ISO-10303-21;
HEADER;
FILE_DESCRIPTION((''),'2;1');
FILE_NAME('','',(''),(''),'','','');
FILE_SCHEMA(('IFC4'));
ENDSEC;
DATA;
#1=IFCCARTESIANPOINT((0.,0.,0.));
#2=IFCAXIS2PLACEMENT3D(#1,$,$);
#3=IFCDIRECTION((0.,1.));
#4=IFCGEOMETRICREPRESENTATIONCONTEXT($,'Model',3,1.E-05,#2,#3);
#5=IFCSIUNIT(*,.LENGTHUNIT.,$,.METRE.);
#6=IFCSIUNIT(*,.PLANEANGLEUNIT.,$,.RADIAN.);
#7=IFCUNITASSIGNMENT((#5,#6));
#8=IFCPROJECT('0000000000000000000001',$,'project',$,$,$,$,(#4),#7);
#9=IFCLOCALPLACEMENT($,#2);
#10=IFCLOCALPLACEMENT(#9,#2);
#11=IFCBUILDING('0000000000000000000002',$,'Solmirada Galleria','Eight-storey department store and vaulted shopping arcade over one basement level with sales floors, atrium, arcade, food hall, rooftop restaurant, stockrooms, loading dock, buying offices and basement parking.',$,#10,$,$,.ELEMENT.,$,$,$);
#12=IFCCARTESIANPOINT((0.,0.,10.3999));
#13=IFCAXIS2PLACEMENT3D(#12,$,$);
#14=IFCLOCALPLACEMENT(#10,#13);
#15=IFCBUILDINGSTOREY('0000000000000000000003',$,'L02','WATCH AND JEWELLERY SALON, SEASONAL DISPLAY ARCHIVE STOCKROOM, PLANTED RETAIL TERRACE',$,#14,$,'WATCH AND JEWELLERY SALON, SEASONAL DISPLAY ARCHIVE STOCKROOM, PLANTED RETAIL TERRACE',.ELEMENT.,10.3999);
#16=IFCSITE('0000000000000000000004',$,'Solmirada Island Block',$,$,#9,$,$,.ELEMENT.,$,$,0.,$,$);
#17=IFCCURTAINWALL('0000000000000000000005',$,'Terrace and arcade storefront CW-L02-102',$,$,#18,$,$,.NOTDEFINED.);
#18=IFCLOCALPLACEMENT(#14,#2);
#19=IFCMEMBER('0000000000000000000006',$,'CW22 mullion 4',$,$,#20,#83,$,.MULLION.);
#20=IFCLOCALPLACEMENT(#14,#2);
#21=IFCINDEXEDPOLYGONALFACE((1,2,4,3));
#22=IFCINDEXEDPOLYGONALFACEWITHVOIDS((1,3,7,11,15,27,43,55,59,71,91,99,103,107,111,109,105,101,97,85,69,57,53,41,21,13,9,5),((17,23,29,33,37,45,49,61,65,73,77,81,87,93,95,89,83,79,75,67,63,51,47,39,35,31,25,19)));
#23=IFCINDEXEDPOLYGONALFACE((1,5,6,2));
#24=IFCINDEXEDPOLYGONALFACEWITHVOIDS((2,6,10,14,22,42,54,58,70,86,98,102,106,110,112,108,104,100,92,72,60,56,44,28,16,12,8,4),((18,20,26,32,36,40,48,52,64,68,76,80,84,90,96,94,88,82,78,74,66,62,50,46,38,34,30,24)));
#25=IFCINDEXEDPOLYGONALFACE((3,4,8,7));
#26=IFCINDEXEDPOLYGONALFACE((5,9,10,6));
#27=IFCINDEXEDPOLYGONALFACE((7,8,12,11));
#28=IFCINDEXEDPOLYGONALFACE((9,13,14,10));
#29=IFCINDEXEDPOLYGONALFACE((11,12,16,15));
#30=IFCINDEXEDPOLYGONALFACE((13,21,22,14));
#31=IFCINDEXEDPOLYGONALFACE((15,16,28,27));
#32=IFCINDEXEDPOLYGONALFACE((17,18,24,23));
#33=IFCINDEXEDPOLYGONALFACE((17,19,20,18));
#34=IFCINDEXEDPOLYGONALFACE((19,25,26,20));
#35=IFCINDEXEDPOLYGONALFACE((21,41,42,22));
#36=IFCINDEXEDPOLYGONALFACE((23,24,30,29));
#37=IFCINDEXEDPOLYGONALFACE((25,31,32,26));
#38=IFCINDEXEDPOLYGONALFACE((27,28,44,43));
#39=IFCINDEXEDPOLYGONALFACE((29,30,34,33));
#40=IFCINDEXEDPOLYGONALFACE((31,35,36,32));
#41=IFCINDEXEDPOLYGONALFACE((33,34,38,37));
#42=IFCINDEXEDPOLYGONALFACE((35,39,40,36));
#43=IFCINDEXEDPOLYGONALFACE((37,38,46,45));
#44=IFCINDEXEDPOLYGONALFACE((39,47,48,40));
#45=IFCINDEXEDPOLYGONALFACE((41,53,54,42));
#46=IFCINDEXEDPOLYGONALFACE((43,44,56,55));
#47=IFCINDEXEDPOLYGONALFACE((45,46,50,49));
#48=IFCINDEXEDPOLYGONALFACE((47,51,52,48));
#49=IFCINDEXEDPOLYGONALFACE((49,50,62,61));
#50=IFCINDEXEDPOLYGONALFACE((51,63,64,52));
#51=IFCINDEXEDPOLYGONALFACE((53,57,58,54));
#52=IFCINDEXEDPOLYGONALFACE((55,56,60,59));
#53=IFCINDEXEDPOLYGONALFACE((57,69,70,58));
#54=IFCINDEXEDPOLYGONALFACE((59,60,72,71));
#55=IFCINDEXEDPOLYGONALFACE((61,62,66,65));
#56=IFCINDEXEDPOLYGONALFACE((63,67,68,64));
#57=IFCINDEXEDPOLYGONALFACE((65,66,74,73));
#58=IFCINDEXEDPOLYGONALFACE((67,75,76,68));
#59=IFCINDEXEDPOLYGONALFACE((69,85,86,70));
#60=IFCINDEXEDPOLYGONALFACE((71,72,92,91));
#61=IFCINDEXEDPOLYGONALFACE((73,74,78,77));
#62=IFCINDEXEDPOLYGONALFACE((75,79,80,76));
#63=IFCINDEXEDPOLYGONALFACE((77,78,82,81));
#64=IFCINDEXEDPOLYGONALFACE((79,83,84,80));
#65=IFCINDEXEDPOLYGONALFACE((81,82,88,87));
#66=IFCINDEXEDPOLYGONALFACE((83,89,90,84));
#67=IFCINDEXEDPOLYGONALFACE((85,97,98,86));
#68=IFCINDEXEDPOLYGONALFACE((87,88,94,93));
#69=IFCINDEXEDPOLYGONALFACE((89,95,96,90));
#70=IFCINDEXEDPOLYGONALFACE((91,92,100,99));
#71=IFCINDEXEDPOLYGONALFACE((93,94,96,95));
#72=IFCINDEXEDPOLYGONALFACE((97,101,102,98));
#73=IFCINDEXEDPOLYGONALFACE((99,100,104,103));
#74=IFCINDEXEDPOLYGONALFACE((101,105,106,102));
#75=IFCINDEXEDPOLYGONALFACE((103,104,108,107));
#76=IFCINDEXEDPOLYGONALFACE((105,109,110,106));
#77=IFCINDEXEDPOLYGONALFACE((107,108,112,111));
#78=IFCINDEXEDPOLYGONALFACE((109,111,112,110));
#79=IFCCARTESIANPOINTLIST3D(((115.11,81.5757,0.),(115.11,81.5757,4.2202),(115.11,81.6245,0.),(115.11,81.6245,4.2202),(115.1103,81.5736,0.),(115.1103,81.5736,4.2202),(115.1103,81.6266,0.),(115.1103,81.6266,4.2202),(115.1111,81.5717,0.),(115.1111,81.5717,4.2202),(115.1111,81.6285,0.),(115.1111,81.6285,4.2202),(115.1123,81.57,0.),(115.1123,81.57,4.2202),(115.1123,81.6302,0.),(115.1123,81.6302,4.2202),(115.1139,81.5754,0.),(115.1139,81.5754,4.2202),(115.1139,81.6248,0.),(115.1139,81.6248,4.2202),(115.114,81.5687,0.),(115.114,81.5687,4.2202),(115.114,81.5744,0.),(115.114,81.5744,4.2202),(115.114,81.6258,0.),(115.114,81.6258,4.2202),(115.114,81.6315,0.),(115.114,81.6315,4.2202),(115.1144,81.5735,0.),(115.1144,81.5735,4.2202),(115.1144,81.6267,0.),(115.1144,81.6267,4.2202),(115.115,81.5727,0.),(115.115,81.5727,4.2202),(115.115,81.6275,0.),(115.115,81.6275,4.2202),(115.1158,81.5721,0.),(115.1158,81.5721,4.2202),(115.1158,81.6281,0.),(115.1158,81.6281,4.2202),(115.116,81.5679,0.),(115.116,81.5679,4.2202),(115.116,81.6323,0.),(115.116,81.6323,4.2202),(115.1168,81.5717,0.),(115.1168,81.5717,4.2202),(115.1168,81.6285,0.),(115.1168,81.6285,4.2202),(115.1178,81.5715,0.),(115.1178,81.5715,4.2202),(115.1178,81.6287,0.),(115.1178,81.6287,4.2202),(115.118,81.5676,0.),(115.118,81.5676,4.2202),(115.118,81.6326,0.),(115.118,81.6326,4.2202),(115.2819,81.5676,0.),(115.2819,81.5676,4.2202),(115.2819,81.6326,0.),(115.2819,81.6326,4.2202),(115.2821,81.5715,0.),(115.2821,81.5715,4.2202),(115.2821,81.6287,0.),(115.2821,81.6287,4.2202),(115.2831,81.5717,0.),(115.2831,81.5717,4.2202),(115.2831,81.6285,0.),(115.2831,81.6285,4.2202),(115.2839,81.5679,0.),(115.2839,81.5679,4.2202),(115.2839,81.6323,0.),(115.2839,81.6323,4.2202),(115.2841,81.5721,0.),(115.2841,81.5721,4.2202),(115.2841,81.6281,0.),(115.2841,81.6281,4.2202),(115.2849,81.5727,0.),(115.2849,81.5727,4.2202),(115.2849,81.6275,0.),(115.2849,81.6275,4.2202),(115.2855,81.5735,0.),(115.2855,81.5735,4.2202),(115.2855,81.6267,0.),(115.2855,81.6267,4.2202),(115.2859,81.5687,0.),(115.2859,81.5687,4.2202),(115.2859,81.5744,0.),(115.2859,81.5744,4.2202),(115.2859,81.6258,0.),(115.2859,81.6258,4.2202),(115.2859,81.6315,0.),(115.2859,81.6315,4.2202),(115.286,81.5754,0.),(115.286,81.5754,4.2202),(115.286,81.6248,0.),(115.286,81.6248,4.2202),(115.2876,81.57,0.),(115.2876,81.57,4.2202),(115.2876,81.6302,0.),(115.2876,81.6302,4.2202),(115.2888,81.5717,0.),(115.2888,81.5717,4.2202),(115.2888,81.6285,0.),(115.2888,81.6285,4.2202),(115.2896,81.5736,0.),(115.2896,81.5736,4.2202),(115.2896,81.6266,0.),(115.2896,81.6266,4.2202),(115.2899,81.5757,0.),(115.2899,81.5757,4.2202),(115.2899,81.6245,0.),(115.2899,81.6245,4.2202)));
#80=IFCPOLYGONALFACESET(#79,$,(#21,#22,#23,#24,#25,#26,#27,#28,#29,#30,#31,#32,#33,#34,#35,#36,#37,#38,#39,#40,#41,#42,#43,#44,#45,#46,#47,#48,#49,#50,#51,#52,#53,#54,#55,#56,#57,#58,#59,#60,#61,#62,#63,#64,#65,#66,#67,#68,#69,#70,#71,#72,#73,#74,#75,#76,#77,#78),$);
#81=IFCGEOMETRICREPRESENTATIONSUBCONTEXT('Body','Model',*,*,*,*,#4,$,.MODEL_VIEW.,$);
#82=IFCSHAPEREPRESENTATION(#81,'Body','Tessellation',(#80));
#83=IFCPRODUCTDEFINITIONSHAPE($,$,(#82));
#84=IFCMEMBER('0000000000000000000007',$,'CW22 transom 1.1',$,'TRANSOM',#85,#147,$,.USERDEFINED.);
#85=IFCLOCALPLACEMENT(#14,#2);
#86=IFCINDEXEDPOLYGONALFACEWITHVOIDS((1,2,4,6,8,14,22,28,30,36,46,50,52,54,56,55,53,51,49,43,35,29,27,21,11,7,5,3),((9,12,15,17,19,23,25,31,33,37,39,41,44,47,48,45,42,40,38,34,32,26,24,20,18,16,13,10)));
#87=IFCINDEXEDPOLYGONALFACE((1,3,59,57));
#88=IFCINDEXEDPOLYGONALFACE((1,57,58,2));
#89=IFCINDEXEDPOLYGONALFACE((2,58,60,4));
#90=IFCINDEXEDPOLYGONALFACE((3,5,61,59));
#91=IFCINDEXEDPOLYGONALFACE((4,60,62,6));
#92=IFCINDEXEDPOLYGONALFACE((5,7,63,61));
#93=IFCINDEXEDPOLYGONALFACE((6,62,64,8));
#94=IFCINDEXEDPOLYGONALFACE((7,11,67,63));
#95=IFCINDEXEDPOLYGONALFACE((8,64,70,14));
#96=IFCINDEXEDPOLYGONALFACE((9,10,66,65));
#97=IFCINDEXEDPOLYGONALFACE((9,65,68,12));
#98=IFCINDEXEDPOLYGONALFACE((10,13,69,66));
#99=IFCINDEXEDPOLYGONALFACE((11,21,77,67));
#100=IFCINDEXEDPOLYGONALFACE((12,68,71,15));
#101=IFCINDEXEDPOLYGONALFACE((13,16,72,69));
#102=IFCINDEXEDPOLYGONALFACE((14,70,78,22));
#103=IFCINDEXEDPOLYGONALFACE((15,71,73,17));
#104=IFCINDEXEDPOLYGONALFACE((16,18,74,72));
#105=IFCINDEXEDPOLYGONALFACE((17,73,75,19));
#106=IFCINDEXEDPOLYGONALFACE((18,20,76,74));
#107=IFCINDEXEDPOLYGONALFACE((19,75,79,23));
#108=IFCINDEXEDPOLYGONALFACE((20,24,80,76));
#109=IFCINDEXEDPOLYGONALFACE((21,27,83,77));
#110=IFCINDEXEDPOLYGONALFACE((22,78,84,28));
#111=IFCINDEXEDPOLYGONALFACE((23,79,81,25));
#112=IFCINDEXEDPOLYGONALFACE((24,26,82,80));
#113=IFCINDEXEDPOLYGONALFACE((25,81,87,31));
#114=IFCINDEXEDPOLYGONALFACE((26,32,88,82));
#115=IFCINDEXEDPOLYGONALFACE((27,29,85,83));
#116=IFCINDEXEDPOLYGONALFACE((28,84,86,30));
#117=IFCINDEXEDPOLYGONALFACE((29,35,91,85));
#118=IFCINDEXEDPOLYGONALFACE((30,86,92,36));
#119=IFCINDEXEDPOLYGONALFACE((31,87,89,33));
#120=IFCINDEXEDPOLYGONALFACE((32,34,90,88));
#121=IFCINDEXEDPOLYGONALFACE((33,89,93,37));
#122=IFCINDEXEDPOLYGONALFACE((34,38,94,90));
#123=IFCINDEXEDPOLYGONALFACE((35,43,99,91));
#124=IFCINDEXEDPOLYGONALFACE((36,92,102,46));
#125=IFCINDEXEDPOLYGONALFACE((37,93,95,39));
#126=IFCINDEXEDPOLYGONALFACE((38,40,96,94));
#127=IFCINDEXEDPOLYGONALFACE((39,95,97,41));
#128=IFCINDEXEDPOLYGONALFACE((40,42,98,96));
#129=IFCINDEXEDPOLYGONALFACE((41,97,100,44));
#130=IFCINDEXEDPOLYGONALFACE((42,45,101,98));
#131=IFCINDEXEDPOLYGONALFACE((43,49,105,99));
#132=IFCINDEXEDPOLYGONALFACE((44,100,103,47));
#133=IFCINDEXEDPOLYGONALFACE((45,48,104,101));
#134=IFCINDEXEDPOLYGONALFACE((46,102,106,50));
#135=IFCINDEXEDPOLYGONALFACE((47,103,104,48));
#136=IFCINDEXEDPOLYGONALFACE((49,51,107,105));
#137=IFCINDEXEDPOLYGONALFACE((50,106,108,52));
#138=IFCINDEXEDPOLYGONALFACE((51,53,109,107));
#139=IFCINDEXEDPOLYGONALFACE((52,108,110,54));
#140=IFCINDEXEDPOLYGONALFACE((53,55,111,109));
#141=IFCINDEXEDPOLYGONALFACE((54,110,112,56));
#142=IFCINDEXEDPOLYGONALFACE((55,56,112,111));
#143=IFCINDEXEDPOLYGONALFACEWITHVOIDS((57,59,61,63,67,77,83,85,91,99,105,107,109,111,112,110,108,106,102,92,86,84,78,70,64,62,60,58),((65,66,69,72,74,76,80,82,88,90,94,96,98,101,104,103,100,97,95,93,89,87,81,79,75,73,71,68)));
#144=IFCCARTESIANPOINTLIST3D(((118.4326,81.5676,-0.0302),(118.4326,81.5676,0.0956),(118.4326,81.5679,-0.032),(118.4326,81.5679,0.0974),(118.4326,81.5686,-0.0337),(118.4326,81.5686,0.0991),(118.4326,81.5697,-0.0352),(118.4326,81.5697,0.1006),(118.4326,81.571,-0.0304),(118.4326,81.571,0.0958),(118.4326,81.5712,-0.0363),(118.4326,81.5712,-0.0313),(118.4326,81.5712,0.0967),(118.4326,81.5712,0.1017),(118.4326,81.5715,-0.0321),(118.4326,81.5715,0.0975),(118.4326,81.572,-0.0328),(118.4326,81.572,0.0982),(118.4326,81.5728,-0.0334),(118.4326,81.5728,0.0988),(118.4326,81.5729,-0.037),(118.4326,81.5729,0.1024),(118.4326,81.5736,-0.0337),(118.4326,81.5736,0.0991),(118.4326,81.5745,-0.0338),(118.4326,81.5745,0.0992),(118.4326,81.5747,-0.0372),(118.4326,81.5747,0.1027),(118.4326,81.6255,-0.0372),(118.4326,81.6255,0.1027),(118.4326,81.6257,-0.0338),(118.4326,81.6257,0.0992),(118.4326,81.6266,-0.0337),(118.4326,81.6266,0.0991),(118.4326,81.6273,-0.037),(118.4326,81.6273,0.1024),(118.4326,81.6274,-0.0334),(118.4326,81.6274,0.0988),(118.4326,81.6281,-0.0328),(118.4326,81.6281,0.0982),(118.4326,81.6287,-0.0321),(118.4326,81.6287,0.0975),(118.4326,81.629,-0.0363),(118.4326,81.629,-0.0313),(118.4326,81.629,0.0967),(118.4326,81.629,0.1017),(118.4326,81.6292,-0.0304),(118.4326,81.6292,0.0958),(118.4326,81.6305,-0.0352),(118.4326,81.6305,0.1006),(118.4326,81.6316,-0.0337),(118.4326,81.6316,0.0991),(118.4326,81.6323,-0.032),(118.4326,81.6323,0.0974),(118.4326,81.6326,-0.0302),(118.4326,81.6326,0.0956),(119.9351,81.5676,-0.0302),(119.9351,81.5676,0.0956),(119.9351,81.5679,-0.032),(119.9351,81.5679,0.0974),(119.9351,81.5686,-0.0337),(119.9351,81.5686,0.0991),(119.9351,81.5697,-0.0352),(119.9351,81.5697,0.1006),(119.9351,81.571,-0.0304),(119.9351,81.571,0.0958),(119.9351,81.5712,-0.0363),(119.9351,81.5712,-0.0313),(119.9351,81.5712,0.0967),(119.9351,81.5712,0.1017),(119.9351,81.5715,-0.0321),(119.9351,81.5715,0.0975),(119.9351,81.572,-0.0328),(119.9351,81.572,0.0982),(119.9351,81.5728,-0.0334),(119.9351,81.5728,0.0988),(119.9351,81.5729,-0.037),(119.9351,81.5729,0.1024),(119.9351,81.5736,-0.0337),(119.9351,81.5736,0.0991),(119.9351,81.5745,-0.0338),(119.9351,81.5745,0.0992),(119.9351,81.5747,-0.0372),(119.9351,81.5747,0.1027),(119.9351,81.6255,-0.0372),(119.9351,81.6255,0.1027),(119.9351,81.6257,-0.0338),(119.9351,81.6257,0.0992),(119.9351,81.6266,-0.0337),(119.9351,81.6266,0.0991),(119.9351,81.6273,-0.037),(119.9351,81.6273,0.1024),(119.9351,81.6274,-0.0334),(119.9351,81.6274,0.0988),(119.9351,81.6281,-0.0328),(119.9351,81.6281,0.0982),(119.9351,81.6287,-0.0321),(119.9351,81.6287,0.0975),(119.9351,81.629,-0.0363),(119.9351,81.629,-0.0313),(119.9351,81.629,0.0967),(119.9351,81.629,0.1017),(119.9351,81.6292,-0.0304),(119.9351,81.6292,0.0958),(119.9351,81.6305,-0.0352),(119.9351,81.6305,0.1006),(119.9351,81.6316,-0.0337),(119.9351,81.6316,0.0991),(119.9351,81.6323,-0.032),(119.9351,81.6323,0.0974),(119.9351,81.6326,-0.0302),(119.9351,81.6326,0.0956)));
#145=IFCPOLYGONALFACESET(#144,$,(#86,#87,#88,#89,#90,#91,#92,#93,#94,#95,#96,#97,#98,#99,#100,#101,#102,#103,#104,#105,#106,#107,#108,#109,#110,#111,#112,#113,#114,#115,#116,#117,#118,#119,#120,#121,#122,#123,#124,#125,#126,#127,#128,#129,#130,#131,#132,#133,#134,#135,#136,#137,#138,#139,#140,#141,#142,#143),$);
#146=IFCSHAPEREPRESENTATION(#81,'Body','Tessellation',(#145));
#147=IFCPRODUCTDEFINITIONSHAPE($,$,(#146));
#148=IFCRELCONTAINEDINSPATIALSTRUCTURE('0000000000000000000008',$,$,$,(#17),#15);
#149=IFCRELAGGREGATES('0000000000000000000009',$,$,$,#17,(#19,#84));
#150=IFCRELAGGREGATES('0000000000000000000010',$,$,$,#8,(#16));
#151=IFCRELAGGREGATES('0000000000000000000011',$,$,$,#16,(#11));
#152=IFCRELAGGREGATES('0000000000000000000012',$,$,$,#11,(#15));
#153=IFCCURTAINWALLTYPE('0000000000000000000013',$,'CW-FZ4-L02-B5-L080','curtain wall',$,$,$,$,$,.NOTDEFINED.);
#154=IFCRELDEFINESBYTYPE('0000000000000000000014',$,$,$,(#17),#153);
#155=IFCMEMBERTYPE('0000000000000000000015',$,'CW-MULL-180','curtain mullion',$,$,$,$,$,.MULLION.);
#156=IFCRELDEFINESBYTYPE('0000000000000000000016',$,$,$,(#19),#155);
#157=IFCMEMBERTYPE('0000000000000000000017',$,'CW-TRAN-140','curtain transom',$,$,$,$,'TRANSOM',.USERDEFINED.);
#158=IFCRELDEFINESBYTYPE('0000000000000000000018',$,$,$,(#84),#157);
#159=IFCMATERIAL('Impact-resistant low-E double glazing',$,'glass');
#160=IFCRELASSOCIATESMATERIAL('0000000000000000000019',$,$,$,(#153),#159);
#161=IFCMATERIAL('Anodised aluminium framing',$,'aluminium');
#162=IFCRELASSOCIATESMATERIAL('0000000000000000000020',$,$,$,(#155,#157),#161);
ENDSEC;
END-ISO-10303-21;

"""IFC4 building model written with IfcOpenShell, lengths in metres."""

from ifc_helpers import new_model, si_unit, direction, frame, origin, origin_2d, place, context, subcontext, project, spatial, hollow_rectangle, extrude, material, material_profile, profile_set, type_object, element, aggregate, save


model = new_model("IFC4")

# Units and contexts
model_context = context("Model", 3, precision=1e-05, world=origin(), true_north=direction((0.0, 1.0)))
body_context = subcontext(model_context, "Body", "Model", "MODEL_VIEW")
ifc_project = project(units=[si_unit("LENGTHUNIT", "METRE"), si_unit("PLANEANGLEUNIT", "RADIAN")], contexts=[model_context])

# Site, building, storey
site_placement = place(None, origin())
site = spatial("IfcSite", under=ifc_project, at=site_placement, Name="Solmirada Island Block", CompositionType="ELEMENT", RefElevation=0.0)
building_placement = place(site_placement, origin())
building = spatial("IfcBuilding", under=site, at=building_placement, Name="Solmirada Galleria", Description="Eight-storey department store and vaulted shopping arcade over one basement level with sales floors, atrium, arcade, food hall, rooftop restaurant, stockrooms, loading dock, buying offices and basement parking.", CompositionType="ELEMENT")
storey_placement = place(building_placement, frame((0.0, 0.0, 10.3999)))
storey = spatial("IfcBuildingStorey", under=building, at=storey_placement, Name="L02", Description="WATCH AND JEWELLERY SALON, SEASONAL DISPLAY ARCHIVE STOCKROOM, PLANTED RETAIL TERRACE", LongName="WATCH AND JEWELLERY SALON, SEASONAL DISPLAY ARCHIVE STOCKROOM, PLANTED RETAIL TERRACE", CompositionType="ELEMENT", Elevation=10.3999)

# Curtain wall, members
ifc_material_1 = material(Name="Impact-resistant low-E double glazing", Category="glass")
curtain_wall_type = type_object("IfcCurtainWallType", Name="CW-FZ4-L02-B5-L080", Description="curtain wall", PredefinedType="NOTDEFINED", material=ifc_material_1)
curtain_wall_placement = place(storey_placement, origin())
curtain_wall = element("IfcCurtainWall", 1, at=curtain_wall_placement, inside=storey, type_object=curtain_wall_type, Name="Terrace and arcade storefront CW-L02-102", PredefinedType="NOTDEFINED")
ifc_material_2 = material(Name="Anodised aluminium framing", Category="aluminium")
ifc_material_profile_1 = material_profile(ifc_material_2, hollow_rectangle(XDim=0.0649, YDim=0.1799, WallThickness=0.0039, InnerFilletRadius=0.0039, OuterFilletRadius=0.0081, at=origin_2d()), Name="ALU-MULL-180X65")
ifc_profile_set_1 = profile_set([ifc_material_profile_1], Name="Anodised aluminium framing")
member_type_1 = type_object("IfcMemberType", Name="CW-MULL-180", Description="curtain mullion", PredefinedType="MULLION", material=ifc_profile_set_1)
member_1_placement = place(storey_placement, frame((115.2, 81.6001, 0.0), z_axis=(0.0, 0.0, 1.0), x_axis=(0.0, -1.0, 0.0)))
member_1 = element("IfcMember", 2, at=member_1_placement, type_object=member_type_1, Name="CW22 mullion 4", PredefinedType="MULLION", context=body_context, shape_type="SweptSolid", body=[
    extrude(hollow_rectangle(XDim=0.0649, YDim=0.1799, WallThickness=0.0039, InnerFilletRadius=0.0039, OuterFilletRadius=0.0081, at=origin_2d()), origin(), (0.0, 0.0, 1.0), 4.2202),
])
ifc_material_profile_2 = material_profile(ifc_material_2, hollow_rectangle(XDim=0.0649, YDim=0.1399, WallThickness=0.0034, InnerFilletRadius=0.0034, OuterFilletRadius=0.0071, at=origin_2d()), Name="ALU-TRAN-140X65")
ifc_profile_set_2 = profile_set([ifc_material_profile_2], Name="Anodised aluminium framing")
member_type_2 = type_object("IfcMemberType", Name="CW-TRAN-140", Description="curtain transom", ElementType="TRANSOM", PredefinedType="USERDEFINED", material=ifc_profile_set_2)
member_2_placement = place(storey_placement, frame((119.9351, 81.6001, 0.0327), z_axis=(-1.0, 0.0, 0.0), x_axis=(0.0, -1.0, 0.0)))
member_2 = element("IfcMember", 3, at=member_2_placement, type_object=member_type_2, Name="CW22 transom 1.1", ObjectType="TRANSOM", PredefinedType="USERDEFINED", context=body_context, shape_type="SweptSolid", body=[
    extrude(hollow_rectangle(XDim=0.0649, YDim=0.1399, WallThickness=0.0034, InnerFilletRadius=0.0034, OuterFilletRadius=0.0071, at=origin_2d()), origin(), (0.0, 0.0, 1.0), 1.5024),
])
aggregate(curtain_wall, [member_1, member_2])

save(model, "model.ifc")
